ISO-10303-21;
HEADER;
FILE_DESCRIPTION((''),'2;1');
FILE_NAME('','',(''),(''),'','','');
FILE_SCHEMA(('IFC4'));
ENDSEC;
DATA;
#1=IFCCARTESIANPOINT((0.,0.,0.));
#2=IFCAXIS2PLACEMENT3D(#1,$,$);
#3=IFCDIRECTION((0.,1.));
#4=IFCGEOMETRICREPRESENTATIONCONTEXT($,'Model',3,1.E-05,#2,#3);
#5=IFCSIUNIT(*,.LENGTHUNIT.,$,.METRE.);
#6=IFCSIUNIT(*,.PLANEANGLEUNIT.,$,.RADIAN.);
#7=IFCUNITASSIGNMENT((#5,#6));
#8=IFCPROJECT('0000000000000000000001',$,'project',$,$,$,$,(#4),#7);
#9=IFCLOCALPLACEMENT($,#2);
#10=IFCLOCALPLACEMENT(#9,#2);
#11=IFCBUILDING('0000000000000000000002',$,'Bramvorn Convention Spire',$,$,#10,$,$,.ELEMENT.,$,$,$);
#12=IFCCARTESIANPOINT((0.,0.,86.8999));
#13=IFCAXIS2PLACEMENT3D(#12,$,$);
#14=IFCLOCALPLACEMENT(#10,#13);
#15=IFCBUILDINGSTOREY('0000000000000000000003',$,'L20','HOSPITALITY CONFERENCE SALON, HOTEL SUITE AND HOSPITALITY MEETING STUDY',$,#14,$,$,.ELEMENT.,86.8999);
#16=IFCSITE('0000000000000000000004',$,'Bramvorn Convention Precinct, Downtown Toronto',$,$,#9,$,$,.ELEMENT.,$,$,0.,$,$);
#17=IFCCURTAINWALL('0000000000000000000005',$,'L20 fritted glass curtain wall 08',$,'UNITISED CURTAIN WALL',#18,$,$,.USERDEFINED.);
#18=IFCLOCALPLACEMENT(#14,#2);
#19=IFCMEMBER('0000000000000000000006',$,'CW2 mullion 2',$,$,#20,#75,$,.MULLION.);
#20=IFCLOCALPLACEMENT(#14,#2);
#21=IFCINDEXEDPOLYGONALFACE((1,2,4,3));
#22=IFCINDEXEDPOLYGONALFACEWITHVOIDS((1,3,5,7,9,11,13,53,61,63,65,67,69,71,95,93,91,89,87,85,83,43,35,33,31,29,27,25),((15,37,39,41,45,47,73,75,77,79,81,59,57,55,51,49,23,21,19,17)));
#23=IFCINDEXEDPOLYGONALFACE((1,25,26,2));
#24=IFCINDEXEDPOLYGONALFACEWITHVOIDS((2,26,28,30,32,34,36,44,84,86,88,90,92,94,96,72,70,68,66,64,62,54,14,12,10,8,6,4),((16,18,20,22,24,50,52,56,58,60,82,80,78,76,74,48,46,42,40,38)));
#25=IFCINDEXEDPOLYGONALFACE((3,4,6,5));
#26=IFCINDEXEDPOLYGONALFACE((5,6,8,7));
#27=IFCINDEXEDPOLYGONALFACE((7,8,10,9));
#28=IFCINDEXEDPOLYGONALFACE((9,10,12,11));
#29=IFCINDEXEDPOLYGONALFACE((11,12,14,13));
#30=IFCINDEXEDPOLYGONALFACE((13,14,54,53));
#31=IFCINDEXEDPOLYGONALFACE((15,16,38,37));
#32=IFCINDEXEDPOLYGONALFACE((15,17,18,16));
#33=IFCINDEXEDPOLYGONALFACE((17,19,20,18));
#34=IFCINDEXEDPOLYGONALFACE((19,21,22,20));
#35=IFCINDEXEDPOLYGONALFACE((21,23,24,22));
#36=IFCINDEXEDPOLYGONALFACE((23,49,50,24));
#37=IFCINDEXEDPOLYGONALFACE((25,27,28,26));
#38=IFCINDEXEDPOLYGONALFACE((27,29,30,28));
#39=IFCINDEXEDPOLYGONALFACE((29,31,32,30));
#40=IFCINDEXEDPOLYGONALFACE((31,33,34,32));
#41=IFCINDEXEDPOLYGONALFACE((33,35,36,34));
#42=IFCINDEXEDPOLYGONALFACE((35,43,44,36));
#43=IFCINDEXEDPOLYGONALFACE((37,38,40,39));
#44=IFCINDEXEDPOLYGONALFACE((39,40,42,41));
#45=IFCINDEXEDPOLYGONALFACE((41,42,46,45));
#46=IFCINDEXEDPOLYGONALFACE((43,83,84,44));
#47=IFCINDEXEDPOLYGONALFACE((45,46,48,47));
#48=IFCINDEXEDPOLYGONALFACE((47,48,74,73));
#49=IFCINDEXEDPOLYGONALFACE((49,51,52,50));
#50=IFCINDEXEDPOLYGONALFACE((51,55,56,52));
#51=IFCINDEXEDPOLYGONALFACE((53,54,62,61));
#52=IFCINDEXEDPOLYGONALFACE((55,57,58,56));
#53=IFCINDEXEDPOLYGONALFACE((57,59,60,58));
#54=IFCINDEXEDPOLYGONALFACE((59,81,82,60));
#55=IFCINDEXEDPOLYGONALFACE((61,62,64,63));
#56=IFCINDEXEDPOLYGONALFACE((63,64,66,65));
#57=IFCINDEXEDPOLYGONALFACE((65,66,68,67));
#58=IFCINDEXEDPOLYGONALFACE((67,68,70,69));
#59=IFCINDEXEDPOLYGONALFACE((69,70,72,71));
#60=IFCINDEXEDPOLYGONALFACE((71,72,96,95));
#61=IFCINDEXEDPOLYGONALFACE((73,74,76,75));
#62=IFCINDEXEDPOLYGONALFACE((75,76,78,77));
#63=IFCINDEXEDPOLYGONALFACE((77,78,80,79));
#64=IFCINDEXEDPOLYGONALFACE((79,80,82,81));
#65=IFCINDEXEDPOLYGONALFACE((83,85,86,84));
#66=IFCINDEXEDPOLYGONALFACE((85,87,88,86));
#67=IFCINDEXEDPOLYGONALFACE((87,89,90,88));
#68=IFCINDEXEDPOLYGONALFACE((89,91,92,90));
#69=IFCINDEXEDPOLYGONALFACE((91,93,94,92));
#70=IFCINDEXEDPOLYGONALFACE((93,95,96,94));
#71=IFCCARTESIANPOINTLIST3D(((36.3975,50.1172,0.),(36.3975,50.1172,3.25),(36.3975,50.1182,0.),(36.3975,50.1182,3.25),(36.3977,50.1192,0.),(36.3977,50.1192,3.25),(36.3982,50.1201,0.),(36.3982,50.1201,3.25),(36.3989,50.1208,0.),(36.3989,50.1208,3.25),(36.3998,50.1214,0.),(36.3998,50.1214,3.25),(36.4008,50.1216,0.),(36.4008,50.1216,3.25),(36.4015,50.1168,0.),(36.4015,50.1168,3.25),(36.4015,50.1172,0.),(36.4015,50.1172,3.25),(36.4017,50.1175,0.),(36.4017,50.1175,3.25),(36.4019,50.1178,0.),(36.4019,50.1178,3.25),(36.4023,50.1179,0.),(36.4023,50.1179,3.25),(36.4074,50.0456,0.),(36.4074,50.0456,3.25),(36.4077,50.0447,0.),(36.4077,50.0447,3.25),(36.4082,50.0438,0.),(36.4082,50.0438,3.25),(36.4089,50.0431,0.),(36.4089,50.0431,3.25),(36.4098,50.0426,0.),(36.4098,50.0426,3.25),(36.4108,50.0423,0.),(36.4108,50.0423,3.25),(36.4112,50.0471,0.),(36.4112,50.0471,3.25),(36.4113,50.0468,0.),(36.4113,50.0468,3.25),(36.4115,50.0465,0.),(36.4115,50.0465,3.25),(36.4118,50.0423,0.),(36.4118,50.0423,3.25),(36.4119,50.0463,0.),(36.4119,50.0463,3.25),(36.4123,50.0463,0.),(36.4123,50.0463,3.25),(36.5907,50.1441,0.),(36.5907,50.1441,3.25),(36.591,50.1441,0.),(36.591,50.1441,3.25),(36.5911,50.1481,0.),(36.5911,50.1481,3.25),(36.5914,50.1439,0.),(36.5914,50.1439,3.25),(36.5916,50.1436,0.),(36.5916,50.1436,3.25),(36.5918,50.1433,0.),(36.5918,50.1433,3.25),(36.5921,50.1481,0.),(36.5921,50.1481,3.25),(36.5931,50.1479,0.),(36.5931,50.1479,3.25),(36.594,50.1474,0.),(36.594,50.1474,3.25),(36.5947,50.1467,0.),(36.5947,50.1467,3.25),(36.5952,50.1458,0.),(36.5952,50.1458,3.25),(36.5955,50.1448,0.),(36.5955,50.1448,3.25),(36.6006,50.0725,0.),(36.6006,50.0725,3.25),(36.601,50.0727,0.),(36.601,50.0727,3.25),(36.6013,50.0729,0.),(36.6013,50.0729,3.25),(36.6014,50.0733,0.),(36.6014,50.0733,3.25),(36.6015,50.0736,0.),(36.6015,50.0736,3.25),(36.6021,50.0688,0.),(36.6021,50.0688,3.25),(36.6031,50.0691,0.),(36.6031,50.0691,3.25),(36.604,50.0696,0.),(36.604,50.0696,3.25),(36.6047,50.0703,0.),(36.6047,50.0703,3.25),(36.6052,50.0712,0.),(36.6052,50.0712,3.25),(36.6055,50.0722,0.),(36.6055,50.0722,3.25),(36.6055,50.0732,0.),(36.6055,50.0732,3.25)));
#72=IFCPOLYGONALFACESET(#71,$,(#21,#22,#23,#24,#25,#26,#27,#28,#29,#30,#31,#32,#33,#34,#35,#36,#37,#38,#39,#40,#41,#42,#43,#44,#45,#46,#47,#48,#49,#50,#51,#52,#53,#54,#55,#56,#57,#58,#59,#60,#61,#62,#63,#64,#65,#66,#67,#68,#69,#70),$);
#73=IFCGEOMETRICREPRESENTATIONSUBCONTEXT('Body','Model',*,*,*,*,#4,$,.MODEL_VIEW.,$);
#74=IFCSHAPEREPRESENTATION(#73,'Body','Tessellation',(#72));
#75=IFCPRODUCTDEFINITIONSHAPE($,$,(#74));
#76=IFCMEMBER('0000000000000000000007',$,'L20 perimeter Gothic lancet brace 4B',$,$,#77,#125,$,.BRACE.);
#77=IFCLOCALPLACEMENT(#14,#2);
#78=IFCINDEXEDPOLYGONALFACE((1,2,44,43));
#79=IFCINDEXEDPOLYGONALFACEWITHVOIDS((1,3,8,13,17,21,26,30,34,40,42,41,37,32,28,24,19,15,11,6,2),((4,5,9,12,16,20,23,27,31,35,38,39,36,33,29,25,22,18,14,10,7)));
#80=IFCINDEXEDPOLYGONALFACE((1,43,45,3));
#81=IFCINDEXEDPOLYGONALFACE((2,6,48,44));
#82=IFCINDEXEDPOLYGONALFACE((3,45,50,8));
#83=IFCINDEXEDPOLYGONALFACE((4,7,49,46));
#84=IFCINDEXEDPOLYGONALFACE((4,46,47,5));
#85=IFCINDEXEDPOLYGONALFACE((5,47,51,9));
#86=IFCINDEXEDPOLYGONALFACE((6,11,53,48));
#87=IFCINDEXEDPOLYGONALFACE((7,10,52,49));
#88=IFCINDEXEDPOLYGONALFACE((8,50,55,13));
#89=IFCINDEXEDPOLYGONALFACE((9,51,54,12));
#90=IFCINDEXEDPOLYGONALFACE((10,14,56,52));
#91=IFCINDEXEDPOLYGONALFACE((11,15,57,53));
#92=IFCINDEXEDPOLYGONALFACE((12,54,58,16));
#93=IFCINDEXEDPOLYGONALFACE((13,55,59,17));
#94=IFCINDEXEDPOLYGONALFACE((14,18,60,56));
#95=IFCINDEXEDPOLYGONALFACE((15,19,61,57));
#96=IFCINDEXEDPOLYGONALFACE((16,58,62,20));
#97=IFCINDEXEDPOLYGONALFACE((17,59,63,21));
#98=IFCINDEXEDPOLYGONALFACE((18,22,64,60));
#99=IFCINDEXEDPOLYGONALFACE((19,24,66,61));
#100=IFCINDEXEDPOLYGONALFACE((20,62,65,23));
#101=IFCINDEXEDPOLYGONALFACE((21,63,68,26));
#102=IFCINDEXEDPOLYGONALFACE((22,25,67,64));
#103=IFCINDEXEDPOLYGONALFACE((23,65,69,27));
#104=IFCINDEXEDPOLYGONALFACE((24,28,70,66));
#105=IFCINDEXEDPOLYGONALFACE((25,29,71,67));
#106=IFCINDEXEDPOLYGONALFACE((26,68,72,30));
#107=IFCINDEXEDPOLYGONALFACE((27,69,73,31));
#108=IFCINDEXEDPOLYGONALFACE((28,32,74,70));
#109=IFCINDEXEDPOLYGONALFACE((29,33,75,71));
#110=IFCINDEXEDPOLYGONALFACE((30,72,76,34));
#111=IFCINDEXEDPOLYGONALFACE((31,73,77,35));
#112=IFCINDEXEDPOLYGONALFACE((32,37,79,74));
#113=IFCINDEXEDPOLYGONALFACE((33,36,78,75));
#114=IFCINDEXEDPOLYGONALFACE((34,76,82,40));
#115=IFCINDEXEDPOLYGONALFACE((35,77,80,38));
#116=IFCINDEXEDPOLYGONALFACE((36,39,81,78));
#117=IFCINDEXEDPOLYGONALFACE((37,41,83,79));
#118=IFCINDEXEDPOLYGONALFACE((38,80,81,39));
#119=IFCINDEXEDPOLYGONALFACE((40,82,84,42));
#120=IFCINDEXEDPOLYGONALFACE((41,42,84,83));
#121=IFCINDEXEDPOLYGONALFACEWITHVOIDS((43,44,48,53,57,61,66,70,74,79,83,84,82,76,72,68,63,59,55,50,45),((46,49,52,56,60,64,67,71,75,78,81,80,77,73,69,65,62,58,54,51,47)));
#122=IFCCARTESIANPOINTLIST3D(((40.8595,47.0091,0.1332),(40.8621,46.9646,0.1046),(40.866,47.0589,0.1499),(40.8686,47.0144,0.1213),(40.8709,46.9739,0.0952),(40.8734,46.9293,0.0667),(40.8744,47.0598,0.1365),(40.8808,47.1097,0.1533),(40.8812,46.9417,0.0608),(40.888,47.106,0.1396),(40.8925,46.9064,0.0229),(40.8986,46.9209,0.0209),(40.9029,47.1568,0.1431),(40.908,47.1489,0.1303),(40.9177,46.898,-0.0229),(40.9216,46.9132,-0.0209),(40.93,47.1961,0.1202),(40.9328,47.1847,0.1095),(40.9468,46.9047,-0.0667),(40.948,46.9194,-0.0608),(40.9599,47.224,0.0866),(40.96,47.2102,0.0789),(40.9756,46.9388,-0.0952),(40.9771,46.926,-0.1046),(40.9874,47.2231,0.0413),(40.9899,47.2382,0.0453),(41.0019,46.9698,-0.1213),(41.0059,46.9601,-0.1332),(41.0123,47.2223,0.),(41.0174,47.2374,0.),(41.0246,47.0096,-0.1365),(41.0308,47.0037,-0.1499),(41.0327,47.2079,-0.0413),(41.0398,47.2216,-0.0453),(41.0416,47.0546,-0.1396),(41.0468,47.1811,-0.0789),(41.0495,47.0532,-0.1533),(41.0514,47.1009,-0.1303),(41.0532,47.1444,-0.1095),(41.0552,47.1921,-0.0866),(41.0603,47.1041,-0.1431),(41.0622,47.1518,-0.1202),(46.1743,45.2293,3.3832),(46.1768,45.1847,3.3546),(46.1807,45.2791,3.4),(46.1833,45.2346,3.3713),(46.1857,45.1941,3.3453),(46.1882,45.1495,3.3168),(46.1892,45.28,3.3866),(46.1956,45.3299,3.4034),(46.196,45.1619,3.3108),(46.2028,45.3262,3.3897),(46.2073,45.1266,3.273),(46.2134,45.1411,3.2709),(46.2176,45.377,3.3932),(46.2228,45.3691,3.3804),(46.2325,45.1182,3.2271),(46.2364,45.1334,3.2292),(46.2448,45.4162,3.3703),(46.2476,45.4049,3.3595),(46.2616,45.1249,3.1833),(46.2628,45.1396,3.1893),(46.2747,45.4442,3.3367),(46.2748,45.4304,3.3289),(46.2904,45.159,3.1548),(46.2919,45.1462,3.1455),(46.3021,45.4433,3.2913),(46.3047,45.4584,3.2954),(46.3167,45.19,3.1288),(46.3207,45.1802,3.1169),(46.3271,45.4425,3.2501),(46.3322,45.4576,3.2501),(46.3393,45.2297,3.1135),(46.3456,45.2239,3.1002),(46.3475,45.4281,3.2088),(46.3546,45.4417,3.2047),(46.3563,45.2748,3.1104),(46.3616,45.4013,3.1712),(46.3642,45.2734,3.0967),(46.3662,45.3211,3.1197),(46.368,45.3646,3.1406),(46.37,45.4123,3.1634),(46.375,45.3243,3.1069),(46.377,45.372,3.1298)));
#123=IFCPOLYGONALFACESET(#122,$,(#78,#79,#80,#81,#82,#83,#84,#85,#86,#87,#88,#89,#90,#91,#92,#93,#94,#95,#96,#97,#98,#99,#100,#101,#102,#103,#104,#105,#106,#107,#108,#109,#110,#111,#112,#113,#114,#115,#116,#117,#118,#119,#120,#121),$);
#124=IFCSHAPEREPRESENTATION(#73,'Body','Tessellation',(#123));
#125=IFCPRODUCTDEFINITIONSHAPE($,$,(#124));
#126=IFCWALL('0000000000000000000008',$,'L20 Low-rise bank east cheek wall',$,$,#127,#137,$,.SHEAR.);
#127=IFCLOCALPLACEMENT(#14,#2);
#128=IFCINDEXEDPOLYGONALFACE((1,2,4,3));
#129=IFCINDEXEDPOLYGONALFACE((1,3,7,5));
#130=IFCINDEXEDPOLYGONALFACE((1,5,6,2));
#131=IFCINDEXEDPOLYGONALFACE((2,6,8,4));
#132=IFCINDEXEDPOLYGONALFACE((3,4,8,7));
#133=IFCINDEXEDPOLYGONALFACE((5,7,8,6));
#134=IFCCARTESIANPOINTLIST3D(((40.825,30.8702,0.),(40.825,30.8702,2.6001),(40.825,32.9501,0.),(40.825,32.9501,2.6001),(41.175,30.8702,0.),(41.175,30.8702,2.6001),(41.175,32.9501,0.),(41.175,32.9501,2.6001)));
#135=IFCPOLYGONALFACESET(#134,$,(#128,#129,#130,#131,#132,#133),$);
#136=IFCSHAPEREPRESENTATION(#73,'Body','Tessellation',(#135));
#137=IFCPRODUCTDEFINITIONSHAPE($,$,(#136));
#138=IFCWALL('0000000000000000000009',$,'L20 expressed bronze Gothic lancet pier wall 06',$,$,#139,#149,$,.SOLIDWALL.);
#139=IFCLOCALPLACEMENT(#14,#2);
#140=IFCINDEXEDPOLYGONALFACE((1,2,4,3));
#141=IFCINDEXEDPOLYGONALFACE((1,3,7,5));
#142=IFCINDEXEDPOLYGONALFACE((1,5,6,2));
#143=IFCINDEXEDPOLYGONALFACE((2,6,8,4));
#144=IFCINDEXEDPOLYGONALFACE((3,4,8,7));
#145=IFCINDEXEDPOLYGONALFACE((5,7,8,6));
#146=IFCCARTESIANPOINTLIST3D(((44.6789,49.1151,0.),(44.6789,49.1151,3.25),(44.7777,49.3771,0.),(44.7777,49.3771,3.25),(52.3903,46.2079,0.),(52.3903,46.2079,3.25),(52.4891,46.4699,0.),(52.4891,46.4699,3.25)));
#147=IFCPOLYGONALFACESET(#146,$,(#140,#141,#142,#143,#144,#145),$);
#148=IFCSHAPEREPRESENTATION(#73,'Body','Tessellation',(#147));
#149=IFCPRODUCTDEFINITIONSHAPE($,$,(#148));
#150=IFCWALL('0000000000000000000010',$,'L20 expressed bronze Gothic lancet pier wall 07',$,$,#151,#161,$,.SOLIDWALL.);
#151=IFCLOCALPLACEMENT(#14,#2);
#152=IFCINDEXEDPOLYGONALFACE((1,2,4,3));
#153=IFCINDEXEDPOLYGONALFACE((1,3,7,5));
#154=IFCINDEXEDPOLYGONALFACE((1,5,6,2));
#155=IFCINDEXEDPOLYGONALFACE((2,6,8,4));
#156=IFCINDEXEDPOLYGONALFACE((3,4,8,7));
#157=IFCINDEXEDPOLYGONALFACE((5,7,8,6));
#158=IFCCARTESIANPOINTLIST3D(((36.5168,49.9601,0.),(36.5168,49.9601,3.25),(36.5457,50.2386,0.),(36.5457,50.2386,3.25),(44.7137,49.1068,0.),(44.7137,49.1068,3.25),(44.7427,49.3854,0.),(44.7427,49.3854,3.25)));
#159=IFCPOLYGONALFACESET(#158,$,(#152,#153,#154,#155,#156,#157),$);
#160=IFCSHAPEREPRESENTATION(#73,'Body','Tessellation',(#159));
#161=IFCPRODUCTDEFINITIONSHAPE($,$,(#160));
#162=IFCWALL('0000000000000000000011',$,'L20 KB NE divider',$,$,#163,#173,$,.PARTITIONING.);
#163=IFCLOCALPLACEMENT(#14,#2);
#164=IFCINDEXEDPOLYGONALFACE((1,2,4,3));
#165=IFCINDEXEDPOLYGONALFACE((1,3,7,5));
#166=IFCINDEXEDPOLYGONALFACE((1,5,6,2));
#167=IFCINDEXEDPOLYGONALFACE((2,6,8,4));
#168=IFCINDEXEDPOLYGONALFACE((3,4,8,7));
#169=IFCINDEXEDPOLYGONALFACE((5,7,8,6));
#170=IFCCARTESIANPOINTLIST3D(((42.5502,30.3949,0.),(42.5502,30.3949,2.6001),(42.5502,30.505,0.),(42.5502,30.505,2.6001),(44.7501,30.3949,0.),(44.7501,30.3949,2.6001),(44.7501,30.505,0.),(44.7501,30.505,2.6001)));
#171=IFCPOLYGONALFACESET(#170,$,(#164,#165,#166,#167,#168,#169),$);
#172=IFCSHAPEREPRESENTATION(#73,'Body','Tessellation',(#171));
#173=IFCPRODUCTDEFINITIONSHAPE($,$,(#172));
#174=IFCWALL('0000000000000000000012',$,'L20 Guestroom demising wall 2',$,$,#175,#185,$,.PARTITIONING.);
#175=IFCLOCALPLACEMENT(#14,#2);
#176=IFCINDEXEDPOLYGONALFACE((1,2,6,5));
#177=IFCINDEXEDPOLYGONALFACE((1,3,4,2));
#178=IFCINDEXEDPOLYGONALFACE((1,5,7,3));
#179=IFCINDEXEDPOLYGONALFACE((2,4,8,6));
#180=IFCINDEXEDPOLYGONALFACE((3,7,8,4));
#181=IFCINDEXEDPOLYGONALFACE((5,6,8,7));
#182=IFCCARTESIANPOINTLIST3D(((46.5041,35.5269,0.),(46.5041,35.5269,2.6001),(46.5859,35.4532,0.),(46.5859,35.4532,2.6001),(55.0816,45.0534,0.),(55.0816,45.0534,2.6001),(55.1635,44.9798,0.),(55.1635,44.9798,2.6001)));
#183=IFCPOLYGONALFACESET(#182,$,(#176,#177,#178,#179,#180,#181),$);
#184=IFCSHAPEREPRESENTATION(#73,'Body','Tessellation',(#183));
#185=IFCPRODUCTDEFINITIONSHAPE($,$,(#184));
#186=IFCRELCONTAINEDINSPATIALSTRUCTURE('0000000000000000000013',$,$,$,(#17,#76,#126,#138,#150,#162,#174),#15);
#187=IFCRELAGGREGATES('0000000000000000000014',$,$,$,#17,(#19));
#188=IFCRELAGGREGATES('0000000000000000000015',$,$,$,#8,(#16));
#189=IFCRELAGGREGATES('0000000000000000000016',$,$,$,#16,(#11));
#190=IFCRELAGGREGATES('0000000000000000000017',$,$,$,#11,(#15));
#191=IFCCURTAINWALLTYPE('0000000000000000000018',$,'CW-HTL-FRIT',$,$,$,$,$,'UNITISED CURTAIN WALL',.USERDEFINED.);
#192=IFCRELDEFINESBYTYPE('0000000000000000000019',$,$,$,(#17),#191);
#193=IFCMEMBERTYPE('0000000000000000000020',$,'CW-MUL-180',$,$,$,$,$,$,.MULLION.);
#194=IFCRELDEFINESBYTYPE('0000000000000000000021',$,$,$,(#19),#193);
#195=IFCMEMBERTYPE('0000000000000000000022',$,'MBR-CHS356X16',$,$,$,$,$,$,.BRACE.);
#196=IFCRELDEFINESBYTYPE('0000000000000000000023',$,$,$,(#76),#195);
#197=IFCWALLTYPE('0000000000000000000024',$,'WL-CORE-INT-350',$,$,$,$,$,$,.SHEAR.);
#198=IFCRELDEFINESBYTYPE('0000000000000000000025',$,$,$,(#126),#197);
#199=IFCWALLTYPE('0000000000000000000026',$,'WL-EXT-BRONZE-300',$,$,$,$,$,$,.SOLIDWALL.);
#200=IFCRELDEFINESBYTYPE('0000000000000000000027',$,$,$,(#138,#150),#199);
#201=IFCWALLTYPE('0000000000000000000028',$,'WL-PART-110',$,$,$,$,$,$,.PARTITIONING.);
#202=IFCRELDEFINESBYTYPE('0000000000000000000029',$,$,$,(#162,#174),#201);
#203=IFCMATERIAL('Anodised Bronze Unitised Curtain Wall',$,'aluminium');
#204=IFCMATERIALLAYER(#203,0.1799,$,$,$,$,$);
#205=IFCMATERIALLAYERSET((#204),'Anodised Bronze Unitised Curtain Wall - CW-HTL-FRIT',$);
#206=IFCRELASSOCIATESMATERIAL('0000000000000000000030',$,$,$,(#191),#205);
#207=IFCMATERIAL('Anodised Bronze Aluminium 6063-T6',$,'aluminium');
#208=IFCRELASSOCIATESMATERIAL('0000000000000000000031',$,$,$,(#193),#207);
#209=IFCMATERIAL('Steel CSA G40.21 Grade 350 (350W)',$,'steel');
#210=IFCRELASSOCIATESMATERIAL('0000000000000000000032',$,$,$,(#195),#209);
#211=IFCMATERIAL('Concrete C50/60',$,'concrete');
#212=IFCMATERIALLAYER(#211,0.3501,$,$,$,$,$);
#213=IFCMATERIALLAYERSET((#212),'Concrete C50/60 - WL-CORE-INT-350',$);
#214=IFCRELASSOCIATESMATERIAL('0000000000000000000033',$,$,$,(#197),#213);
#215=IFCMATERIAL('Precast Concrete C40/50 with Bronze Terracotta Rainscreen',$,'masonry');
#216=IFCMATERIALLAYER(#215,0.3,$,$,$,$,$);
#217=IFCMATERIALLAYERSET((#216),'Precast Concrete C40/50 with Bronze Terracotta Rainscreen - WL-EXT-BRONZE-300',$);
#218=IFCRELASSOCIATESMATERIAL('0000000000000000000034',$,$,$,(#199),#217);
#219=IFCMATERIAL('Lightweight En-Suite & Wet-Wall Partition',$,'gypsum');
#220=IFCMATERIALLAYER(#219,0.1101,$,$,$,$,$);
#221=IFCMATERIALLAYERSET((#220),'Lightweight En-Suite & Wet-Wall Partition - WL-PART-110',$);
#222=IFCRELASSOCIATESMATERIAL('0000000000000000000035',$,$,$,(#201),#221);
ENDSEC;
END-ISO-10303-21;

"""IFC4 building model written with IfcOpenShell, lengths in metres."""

from ifc_helpers import new_model, si_unit, direction, frame, frame_2d, origin, origin_2d, place, context, subcontext, project, spatial, rectangle, hollow_rectangle, hollow_circle, extrude, material, layer, layer_set, material_profile, profile_set, type_object, element, aggregate, save


model = new_model("IFC4")

# Units and contexts
model_context = context("Model", 3, precision=1e-05, world=origin(), true_north=direction((0.0, 1.0)))
body_context = subcontext(model_context, "Body", "Model", "MODEL_VIEW")
ifc_project = project(units=[si_unit("LENGTHUNIT", "METRE"), si_unit("PLANEANGLEUNIT", "RADIAN")], contexts=[model_context])

# Site, building, storey
site_placement = place(None, origin())
site = spatial("IfcSite", under=ifc_project, at=site_placement, Name="Bramvorn Convention Precinct, Downtown Toronto", CompositionType="ELEMENT", RefElevation=0.0)
building_placement = place(site_placement, origin())
building = spatial("IfcBuilding", under=site, at=building_placement, Name="Bramvorn Convention Spire", CompositionType="ELEMENT")
storey_placement = place(building_placement, frame((0.0, 0.0, 86.8999)))
storey = spatial("IfcBuildingStorey", under=building, at=storey_placement, Name="L20", Description="HOSPITALITY CONFERENCE SALON, HOTEL SUITE AND HOSPITALITY MEETING STUDY", CompositionType="ELEMENT", Elevation=86.8999)

# Shared definitions
ifc_material_1 = material(Name="Steel CSA G40.21 Grade 350 (350W)", Category="steel")

# Curtain wall, member
ifc_material_2 = material(Name="Anodised Bronze Unitised Curtain Wall", Category="aluminium")
ifc_layer_1 = layer(ifc_material_2, 0.1799)
ifc_layer_set_1 = layer_set([ifc_layer_1], Name="Anodised Bronze Unitised Curtain Wall - CW-HTL-FRIT")
curtain_wall_type = type_object("IfcCurtainWallType", Name="CW-HTL-FRIT", ElementType="UNITISED CURTAIN WALL", PredefinedType="USERDEFINED", material=ifc_layer_set_1)
curtain_wall_placement = place(storey_placement, origin())
curtain_wall = element("IfcCurtainWall", 1, at=curtain_wall_placement, inside=storey, type_object=curtain_wall_type, Name="L20 fritted glass curtain wall 08", ObjectType="UNITISED CURTAIN WALL", PredefinedType="USERDEFINED")
ifc_material_3 = material(Name="Anodised Bronze Aluminium 6063-T6", Category="aluminium")
ifc_material_profile_1 = material_profile(ifc_material_3, hollow_rectangle(XDim=0.0801, YDim=0.2, WallThickness=0.0039, InnerFilletRadius=0.001, OuterFilletRadius=0.0039, at=origin_2d()))
ifc_profile_set_1 = profile_set([ifc_material_profile_1], Name="Anodised Bronze Aluminium 6063-T6 - CWM80X200")
member_type_1 = type_object("IfcMemberType", Name="CW-MUL-180", PredefinedType="MULLION", material=ifc_profile_set_1)
member_1_placement = place(storey_placement, frame((36.5015, 50.0952, 0.0), z_axis=(0.0, 0.0, 1.0), x_axis=(-0.137893, 0.990447, 0.0)))
member_1 = element("IfcMember", 2, at=member_1_placement, type_object=member_type_1, Name="CW2 mullion 2", PredefinedType="MULLION", context=body_context, shape_type="SweptSolid", body=[
    extrude(hollow_rectangle(XDim=0.0801, YDim=0.2, WallThickness=0.0039, InnerFilletRadius=0.001, OuterFilletRadius=0.0039, at=origin_2d()), origin(), (0.0, 0.0, 1.0), 3.25),
])
aggregate(curtain_wall, [member_1])

# Member
ifc_material_profile_2 = material_profile(ifc_material_1, hollow_circle(Radius=0.1777, WallThickness=0.0159, at=origin_2d()))
ifc_profile_set_2 = profile_set([ifc_material_profile_2], Name="Steel CSA G40.21 Grade 350 (350W) - CHS356X16")
member_type_2 = type_object("IfcMemberType", Name="MBR-CHS356X16", PredefinedType="BRACE", material=ifc_profile_set_2)
member_2_placement = place(storey_placement, frame((40.9609, 47.0688, 0.0), z_axis=(0.820309, -0.274705, 0.501628), x_axis=(0.317547, 0.948242, 0.0)))
element("IfcMember", 3, at=member_2_placement, inside=storey, type_object=member_type_2, Name="L20 perimeter Gothic lancet brace 4B", PredefinedType="BRACE", context=body_context, shape_type="SweptSolid", body=[
    extrude(hollow_circle(Radius=0.1777, WallThickness=0.0159, at=origin_2d()), origin(), (0.0, 0.0, 1.0), 6.479),
])

# Shared definitions
ifc_material_4 = material(Name="Concrete C50/60", Category="concrete")
ifc_layer_2 = layer(ifc_material_4, 0.3501)
ifc_layer_set_2 = layer_set([ifc_layer_2], Name="Concrete C50/60 - WL-CORE-INT-350")
wall_type_1 = type_object("IfcWallType", Name="WL-CORE-INT-350", PredefinedType="SHEAR", material=ifc_layer_set_2)

# Walls
wall_1_placement = place(storey_placement, frame((41.0, 30.8701, 0.0), z_axis=(0.0, 0.0, 1.0), x_axis=(0.0, 1.0, 0.0)))
element("IfcWall", 4, at=wall_1_placement, inside=storey, type_object=wall_type_1, Name="L20 Low-rise bank east cheek wall", PredefinedType="SHEAR", context=body_context, shape_type="SweptSolid", body=[
    extrude(rectangle(XDim=2.0798, YDim=0.3501, at=frame_2d((1.04, 0.0))), origin(), (0.0, 0.0, 1.0), 2.6001),
])
ifc_material_5 = material(Name="Precast Concrete C40/50 with Bronze Terracotta Rainscreen", Category="masonry")
ifc_layer_3 = layer(ifc_material_5, 0.3)
ifc_layer_set_3 = layer_set([ifc_layer_3], Name="Precast Concrete C40/50 with Bronze Terracotta Rainscreen - WL-EXT-BRONZE-300")
wall_type_2 = type_object("IfcWallType", Name="WL-EXT-BRONZE-300", PredefinedType="SOLIDWALL", material=ifc_layer_set_3)
for number, where, z_axis, x_axis, name in (
    (5, (44.7283, 49.2461, 0.0), (0.0, 0.0, 1.0), (0.935712, -0.352766, 0.0), "L20 expressed bronze Gothic lancet pier wall 06"),
    (6, (36.5312, 50.0994, 0.0), (0.0, 0.0, 1.0), (0.994626, -0.103536, 0.0), "L20 expressed bronze Gothic lancet pier wall 07"),
):
    element("IfcWall", number, at=place(storey_placement, frame(where, z_axis=z_axis, x_axis=x_axis)), inside=storey, type_object=wall_type_2, Name=name, PredefinedType="SOLIDWALL", context=body_context, shape_type="SweptSolid", body=[
        extrude(rectangle(XDim=8.2412, YDim=0.28, at=frame_2d((4.1206, 0.0))), origin(), (0.0, 0.0, 1.0), 3.25),
    ])
ifc_material_6 = material(Name="Lightweight En-Suite & Wet-Wall Partition", Category="gypsum")
ifc_layer_4 = layer(ifc_material_6, 0.1101)
ifc_layer_set_4 = layer_set([ifc_layer_4], Name="Lightweight En-Suite & Wet-Wall Partition - WL-PART-110")
wall_type_3 = type_object("IfcWallType", Name="WL-PART-110", PredefinedType="PARTITIONING", material=ifc_layer_set_4)
wall_2_placement = place(storey_placement, frame((42.55, 30.45, 0.0), z_axis=(0.0, 0.0, 1.0), x_axis=(1.0, 0.0, 0.0)))
element("IfcWall", 7, at=wall_2_placement, inside=storey, type_object=wall_type_3, Name="L20 KB NE divider", PredefinedType="PARTITIONING", context=body_context, shape_type="SweptSolid", body=[
    extrude(rectangle(XDim=2.2, YDim=0.1101, at=frame_2d((1.1001, 0.0))), origin(), (0.0, 0.0, 1.0), 2.6001),
])
wall_3_placement = place(storey_placement, frame((46.5449, 35.49, 0.0), z_axis=(0.0, 0.0, 1.0), x_axis=(0.669124, 0.743151, 0.0)))
element("IfcWall", 8, at=wall_3_placement, inside=storey, type_object=wall_type_3, Name="L20 Guestroom demising wall 2", PredefinedType="PARTITIONING", context=body_context, shape_type="SweptSolid", body=[
    extrude(rectangle(XDim=12.8191, YDim=0.1101, at=frame_2d((6.4097, 0.0))), origin(), (0.0, 0.0, 1.0), 2.6001),
])

save(model, "model.ifc")
